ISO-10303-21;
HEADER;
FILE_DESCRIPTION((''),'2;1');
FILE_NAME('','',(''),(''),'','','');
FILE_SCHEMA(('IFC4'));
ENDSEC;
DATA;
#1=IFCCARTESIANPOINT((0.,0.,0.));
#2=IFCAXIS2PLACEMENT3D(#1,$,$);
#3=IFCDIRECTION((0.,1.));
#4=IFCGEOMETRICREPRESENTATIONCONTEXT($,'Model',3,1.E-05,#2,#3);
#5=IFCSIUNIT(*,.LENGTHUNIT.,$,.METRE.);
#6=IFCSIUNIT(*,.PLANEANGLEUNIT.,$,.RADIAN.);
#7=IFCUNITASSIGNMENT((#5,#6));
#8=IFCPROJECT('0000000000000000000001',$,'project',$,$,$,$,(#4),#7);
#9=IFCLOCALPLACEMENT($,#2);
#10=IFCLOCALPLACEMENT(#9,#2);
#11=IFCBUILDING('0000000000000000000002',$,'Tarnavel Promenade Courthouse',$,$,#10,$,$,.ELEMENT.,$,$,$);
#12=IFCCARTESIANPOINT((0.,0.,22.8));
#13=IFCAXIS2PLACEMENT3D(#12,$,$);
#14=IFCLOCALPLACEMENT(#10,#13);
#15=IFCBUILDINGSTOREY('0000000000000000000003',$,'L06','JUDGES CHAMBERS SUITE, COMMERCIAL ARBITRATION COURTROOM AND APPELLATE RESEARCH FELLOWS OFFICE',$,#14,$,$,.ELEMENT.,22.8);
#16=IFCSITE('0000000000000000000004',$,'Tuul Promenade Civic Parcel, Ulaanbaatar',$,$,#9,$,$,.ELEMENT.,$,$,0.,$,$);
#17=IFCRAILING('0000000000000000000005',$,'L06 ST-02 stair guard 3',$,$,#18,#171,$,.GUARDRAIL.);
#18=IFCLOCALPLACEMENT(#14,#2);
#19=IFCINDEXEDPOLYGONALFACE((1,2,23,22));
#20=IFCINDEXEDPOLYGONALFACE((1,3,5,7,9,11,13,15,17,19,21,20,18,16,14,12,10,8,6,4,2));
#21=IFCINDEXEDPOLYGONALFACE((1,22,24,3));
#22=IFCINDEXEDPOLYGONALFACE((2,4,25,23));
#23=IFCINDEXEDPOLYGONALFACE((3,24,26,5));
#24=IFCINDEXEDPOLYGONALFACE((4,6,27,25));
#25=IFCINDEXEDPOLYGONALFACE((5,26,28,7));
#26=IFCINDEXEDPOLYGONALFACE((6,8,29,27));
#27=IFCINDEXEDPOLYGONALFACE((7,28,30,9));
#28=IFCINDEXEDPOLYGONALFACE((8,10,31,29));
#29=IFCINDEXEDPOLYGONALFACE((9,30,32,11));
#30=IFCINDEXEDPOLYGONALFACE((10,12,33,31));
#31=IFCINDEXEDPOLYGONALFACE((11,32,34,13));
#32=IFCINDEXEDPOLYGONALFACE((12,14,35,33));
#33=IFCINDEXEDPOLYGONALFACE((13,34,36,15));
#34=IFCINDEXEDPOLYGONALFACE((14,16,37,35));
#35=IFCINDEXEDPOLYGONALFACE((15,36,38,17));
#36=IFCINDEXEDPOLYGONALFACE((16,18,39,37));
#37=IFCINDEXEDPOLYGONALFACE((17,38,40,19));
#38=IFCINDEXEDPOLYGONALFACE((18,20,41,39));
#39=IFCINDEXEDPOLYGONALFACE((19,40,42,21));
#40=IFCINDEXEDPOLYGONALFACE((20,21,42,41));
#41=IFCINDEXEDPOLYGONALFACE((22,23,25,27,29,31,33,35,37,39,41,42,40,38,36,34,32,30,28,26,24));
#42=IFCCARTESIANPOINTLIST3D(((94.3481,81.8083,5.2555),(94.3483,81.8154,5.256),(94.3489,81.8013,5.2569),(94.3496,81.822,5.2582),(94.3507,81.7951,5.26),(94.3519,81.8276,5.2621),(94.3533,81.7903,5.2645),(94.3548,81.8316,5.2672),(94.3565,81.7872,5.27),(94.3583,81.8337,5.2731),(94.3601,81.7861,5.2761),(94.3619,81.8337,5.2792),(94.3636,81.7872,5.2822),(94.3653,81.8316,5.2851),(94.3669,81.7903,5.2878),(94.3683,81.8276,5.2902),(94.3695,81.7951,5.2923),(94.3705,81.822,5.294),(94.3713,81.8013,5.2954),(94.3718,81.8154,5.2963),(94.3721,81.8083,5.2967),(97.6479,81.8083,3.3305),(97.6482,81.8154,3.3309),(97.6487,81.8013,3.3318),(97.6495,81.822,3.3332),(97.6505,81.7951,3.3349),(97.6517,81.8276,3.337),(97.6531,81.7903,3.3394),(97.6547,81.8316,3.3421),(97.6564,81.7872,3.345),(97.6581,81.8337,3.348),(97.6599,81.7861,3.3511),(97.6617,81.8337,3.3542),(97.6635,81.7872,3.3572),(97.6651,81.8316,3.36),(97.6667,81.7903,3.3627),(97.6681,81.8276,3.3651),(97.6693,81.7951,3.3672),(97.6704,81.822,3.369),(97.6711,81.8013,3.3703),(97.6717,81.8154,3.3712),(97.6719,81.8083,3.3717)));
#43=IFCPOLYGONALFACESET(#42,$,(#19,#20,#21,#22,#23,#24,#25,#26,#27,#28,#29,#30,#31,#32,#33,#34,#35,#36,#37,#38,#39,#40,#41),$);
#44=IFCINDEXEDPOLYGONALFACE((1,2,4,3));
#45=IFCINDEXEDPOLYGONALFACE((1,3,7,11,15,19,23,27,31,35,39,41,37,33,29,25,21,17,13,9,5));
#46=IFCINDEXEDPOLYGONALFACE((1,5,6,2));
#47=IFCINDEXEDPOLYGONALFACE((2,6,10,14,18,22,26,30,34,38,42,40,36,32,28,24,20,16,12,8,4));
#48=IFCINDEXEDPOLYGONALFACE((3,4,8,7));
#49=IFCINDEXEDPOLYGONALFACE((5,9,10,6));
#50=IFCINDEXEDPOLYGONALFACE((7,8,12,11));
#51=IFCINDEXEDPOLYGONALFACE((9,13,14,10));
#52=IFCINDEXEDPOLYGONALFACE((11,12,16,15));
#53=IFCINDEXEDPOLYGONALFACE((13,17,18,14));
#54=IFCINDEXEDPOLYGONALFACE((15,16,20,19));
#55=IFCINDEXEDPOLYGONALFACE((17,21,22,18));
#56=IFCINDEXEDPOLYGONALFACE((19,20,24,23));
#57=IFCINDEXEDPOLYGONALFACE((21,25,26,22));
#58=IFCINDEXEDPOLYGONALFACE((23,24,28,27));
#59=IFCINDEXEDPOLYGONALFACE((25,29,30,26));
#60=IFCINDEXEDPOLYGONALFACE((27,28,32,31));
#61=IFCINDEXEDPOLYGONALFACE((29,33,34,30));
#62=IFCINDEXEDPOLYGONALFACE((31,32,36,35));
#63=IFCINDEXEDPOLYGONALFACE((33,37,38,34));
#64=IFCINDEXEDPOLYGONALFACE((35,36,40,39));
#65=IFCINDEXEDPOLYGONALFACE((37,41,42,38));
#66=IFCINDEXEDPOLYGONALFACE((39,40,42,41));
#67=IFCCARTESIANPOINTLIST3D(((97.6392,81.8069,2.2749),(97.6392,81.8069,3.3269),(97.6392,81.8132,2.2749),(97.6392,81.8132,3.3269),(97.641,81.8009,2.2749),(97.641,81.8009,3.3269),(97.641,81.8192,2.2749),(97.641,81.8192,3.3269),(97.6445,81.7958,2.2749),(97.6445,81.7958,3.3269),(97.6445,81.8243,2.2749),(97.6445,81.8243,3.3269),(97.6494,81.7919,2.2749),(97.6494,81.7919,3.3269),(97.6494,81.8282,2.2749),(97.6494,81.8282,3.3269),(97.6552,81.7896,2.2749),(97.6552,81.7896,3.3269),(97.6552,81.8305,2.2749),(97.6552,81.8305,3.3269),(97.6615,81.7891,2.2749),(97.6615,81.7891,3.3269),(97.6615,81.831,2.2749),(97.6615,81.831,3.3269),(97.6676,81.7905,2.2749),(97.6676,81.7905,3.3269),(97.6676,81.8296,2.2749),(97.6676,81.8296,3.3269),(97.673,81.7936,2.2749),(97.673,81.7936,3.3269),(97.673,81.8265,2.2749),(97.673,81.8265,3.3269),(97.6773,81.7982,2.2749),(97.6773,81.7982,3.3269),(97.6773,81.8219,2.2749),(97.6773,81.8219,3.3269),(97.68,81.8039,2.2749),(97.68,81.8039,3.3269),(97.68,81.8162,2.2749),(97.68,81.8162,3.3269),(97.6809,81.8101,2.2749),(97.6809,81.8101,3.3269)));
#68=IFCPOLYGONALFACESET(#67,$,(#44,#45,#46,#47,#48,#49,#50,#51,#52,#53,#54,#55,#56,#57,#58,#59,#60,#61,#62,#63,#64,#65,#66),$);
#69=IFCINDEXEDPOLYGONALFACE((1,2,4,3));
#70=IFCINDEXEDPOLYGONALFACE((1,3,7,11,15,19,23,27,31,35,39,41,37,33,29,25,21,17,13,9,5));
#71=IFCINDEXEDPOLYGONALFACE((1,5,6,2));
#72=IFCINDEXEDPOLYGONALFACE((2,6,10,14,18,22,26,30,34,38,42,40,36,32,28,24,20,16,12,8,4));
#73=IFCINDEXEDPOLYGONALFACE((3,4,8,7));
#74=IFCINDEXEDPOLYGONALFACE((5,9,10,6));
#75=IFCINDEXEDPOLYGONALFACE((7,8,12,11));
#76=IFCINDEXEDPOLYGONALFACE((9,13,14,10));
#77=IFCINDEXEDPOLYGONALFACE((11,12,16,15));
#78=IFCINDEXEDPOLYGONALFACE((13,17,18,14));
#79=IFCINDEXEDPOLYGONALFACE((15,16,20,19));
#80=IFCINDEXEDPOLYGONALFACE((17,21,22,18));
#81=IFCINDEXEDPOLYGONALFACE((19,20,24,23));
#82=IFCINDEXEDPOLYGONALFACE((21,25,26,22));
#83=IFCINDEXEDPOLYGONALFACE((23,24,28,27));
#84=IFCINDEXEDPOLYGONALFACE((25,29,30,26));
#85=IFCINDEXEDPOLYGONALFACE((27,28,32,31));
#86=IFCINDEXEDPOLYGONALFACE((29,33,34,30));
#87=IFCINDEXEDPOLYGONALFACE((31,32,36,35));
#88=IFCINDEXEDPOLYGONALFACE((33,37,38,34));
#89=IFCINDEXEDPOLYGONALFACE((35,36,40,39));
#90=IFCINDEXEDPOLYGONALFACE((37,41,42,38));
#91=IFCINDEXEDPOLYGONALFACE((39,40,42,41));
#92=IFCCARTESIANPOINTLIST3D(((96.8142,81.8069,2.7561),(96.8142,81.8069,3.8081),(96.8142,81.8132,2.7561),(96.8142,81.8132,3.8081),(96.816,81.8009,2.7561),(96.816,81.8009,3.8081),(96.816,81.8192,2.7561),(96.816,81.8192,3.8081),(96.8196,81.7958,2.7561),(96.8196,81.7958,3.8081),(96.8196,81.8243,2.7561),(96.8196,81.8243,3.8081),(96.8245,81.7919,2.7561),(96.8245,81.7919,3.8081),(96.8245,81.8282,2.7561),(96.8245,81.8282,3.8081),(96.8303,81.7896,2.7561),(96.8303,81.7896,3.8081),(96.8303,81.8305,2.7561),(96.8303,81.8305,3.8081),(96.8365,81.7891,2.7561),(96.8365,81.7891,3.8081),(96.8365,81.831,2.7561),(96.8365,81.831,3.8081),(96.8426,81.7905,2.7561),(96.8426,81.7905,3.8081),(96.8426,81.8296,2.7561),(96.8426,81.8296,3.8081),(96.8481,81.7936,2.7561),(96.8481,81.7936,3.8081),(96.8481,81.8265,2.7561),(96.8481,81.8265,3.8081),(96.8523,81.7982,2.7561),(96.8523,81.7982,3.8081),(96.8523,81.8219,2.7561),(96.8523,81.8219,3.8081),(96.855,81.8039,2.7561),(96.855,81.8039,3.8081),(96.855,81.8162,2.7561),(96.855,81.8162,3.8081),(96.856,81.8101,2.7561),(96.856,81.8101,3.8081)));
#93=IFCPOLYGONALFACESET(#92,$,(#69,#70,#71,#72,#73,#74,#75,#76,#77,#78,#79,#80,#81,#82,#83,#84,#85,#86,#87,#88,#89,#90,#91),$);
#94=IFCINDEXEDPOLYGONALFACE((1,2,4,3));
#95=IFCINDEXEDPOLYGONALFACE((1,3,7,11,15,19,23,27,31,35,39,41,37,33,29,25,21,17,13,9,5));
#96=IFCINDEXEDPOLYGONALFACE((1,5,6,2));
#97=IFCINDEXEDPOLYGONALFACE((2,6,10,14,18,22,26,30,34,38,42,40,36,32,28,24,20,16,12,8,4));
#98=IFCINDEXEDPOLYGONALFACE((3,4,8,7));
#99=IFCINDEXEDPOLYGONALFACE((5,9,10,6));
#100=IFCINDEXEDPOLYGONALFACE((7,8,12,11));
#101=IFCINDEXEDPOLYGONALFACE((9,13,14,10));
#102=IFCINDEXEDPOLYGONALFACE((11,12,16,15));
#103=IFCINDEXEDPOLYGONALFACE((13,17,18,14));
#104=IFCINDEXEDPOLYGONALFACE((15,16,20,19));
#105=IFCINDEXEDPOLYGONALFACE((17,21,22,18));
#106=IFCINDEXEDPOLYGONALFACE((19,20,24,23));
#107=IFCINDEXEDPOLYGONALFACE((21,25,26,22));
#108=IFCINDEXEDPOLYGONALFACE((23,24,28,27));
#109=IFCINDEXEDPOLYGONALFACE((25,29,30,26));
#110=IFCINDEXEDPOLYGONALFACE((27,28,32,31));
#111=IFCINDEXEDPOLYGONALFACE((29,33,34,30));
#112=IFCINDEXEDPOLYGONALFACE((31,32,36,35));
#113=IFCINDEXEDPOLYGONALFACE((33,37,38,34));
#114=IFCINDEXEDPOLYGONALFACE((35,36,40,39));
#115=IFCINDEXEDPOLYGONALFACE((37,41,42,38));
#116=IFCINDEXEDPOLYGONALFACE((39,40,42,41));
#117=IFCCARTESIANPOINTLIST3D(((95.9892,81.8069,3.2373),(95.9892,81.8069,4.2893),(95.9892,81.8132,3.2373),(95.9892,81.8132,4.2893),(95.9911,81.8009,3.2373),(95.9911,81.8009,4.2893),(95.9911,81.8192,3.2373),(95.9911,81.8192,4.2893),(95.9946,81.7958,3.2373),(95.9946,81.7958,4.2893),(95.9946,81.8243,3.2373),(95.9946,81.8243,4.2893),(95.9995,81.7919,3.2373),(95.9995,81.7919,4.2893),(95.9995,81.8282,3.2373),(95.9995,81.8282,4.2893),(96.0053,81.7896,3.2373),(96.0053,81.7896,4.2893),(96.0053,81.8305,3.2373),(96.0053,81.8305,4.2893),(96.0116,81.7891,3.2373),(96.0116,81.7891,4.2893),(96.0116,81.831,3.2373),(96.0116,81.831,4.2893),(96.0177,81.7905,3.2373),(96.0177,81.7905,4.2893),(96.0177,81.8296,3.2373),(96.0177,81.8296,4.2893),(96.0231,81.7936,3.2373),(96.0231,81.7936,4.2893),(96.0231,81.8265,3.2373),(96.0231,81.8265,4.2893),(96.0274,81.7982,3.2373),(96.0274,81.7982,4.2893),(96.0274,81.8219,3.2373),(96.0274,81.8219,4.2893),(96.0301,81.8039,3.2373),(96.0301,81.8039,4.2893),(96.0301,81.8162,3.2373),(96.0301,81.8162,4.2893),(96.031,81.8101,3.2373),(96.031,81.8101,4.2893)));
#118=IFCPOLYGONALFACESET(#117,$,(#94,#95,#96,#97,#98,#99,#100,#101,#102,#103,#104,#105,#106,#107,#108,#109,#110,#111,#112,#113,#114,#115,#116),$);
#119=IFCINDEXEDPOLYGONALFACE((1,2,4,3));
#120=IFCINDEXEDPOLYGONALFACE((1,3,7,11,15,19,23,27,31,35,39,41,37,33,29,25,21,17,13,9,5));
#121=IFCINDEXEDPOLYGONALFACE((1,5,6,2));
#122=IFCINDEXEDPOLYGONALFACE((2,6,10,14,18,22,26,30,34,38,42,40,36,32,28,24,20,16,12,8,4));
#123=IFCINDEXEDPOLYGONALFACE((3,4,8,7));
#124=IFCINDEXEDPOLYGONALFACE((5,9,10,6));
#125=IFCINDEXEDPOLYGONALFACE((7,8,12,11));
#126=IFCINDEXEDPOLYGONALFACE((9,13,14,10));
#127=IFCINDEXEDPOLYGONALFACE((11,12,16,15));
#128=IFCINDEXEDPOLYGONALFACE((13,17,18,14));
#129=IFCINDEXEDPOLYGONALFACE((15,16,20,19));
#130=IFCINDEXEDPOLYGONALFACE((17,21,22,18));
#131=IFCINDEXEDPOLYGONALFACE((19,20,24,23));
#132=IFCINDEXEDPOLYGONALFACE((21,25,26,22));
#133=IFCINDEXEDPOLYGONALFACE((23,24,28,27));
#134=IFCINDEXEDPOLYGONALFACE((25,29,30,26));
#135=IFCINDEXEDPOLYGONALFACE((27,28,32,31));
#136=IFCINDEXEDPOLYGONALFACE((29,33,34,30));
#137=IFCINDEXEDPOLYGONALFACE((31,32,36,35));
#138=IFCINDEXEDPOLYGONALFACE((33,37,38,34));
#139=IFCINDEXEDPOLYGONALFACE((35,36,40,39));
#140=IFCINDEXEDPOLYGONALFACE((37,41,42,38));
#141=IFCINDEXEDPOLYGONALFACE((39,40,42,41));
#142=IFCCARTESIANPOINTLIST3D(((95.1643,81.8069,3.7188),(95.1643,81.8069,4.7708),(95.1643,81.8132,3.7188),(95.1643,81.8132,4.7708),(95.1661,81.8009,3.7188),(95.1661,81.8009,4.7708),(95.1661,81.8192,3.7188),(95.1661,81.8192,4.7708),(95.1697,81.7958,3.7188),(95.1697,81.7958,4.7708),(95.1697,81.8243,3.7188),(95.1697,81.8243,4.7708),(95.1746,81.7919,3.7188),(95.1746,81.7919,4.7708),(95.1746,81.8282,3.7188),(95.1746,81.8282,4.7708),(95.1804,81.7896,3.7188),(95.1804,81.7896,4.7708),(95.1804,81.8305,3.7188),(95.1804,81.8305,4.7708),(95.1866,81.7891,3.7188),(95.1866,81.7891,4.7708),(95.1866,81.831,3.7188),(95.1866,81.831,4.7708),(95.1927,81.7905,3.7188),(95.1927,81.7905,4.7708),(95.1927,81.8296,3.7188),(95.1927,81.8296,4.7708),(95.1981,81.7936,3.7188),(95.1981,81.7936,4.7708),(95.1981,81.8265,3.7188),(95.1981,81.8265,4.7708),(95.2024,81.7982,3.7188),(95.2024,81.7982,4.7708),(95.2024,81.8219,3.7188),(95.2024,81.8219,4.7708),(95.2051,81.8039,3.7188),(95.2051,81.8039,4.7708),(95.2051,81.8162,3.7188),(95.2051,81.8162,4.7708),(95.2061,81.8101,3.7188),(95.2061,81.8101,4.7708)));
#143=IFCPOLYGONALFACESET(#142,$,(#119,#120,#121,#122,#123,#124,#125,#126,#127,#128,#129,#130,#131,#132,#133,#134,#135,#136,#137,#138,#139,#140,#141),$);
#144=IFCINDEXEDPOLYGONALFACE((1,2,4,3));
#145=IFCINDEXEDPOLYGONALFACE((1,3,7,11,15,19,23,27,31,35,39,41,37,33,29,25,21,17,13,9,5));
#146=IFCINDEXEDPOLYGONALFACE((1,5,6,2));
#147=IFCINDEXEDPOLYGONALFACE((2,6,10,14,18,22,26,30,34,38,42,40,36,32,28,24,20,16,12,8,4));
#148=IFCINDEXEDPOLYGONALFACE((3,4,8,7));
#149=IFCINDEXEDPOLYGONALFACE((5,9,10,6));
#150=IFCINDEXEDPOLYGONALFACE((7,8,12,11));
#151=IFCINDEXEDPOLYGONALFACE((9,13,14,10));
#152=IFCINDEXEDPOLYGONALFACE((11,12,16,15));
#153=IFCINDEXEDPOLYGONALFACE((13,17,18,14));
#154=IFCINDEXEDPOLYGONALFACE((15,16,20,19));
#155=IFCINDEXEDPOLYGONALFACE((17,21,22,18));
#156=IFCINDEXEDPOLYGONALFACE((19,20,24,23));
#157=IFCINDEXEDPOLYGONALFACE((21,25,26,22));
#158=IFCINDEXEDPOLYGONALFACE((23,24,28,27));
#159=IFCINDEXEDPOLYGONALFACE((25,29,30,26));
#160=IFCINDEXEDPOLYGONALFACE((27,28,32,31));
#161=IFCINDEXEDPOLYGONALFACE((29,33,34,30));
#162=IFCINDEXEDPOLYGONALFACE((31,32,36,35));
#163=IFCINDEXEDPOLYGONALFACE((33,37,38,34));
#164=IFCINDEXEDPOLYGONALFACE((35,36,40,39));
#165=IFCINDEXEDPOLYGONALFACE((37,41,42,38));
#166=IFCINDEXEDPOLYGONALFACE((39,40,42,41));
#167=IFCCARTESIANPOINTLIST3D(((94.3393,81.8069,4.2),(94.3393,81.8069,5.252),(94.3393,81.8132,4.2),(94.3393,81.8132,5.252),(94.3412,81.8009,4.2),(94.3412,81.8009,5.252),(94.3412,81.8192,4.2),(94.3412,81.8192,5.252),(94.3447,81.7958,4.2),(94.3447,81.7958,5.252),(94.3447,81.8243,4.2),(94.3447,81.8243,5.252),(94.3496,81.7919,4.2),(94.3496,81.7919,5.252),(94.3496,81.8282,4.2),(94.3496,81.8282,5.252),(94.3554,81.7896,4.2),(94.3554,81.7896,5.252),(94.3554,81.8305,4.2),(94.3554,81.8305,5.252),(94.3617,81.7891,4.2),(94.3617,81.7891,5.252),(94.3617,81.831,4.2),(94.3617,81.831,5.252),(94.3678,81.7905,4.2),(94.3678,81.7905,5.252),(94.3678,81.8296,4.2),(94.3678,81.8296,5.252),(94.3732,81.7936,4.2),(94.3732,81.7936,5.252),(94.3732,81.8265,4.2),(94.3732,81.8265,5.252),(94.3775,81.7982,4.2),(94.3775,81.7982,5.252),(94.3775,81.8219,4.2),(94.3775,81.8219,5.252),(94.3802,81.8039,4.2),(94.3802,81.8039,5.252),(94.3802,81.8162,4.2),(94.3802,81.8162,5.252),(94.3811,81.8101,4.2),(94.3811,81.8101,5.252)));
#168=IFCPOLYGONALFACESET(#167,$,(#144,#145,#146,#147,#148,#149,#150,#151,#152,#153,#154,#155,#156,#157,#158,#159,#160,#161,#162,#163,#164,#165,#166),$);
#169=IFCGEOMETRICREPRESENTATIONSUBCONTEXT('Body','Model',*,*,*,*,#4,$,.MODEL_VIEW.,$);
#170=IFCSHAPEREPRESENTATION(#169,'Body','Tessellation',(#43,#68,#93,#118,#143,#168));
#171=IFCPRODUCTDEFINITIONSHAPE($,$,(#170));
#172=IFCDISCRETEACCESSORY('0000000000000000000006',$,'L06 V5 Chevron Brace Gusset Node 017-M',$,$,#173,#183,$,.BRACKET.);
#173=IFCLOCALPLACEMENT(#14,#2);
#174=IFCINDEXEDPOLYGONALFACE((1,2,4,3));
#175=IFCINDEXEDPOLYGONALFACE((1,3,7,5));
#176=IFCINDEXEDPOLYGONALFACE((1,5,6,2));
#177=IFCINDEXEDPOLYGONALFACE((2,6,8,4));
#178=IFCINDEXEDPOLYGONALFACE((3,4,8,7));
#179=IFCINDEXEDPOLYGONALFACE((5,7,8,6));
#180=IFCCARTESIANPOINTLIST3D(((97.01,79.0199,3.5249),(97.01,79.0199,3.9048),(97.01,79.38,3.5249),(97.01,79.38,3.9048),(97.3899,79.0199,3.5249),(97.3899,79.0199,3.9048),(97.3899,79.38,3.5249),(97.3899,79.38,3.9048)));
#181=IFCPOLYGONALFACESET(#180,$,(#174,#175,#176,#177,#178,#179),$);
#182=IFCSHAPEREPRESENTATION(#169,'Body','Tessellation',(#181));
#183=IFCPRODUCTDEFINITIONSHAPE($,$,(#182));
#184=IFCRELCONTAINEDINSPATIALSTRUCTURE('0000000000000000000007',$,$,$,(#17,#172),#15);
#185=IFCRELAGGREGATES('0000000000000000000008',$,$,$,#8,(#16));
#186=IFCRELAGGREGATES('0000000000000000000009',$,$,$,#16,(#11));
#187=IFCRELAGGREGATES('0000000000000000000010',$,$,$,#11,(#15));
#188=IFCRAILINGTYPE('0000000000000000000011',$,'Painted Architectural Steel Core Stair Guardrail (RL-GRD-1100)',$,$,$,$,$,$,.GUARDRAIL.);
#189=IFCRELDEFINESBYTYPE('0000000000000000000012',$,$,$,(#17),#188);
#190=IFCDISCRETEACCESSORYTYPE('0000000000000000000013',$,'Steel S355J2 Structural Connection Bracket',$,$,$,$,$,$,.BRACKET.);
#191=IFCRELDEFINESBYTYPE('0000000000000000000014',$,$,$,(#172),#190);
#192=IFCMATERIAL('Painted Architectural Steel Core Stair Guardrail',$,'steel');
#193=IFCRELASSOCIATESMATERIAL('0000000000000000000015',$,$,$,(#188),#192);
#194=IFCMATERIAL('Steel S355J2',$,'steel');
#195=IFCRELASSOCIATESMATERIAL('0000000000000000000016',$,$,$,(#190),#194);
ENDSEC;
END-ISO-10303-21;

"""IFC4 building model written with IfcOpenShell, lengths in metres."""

from ifc_helpers import new_model, si_unit, direction, frame, origin, origin_2d, place, context, subcontext, project, spatial, rectangle, circle, extrude, material, type_object, element, save


model = new_model("IFC4")

# Units and contexts
model_context = context("Model", 3, precision=1e-05, world=origin(), true_north=direction((0.0, 1.0)))
body_context = subcontext(model_context, "Body", "Model", "MODEL_VIEW")
ifc_project = project(units=[si_unit("LENGTHUNIT", "METRE"), si_unit("PLANEANGLEUNIT", "RADIAN")], contexts=[model_context])

# Site, building, storey
site_placement = place(None, origin())
site = spatial("IfcSite", under=ifc_project, at=site_placement, Name="Tuul Promenade Civic Parcel, Ulaanbaatar", CompositionType="ELEMENT", RefElevation=0.0)
building_placement = place(site_placement, origin())
building = spatial("IfcBuilding", under=site, at=building_placement, Name="Tarnavel Promenade Courthouse", CompositionType="ELEMENT")
storey_placement = place(building_placement, frame((0.0, 0.0, 22.8)))
storey = spatial("IfcBuildingStorey", under=building, at=storey_placement, Name="L06", Description="JUDGES CHAMBERS SUITE, COMMERCIAL ARBITRATION COURTROOM AND APPELLATE RESEARCH FELLOWS OFFICE", CompositionType="ELEMENT", Elevation=22.8)

# Shared definitions
ifc_material_1 = material(Name="Steel S355J2", Category="steel")

# Railing
ifc_material_2 = material(Name="Painted Architectural Steel Core Stair Guardrail", Category="steel")
railing_type_1 = type_object("IfcRailingType", Name="Painted Architectural Steel Core Stair Guardrail (RL-GRD-1100)", PredefinedType="GUARDRAIL", material=ifc_material_2)
railing_1_placement = place(storey_placement, frame((97.6599, 81.8101, 2.2749)))
element("IfcRailing", 1, at=railing_1_placement, inside=storey, type_object=railing_type_1, Name="L06 ST-02 stair guard 3", PredefinedType="GUARDRAIL", context=body_context, shape_type="SweptSolid", body=[
    extrude(circle(Radius=0.0239, at=origin_2d()), frame((0.0, 0.0, 1.0762), z_axis=(-0.86376, 0.0, 0.503903), x_axis=(0.0, -1.0, 0.0)), (0.0, 0.0, 1.0), 3.8203),
    extrude(circle(Radius=0.021, at=origin_2d()), origin(), (0.0, 0.0, 1.0), 1.052),
    extrude(circle(Radius=0.021, at=origin_2d()), frame((-0.825, 0.0, 0.4812)), (0.0, 0.0, 1.0), 1.052),
    extrude(circle(Radius=0.021, at=origin_2d()), frame((-1.6499, 0.0, 0.9624)), (0.0, 0.0, 1.0), 1.052),
    extrude(circle(Radius=0.021, at=origin_2d()), frame((-2.4749, 0.0, 1.4438)), (0.0, 0.0, 1.0), 1.052),
    extrude(circle(Radius=0.021, at=origin_2d()), frame((-3.2998, 0.0, 1.925)), (0.0, 0.0, 1.0), 1.052),
])

# Discrete accessory
discrete_accessory_type = type_object("IfcDiscreteAccessoryType", Name="Steel S355J2 Structural Connection Bracket", PredefinedType="BRACKET", material=ifc_material_1)
discrete_accessory_placement = place(storey_placement, frame((97.2, 79.2, 3.5249), z_axis=(0.0, 0.0, 1.0), x_axis=(1.0, 0.0, 0.0)))
element("IfcDiscreteAccessory", 2, at=discrete_accessory_placement, inside=storey, type_object=discrete_accessory_type, Name="L06 V5 Chevron Brace Gusset Node 017-M", PredefinedType="BRACKET", context=body_context, shape_type="SweptSolid", body=[
    extrude(rectangle(XDim=0.3799, YDim=0.3601, at=origin_2d()), origin(), (0.0, 0.0, 1.0), 0.3799),
])

save(model, "model.ifc")
